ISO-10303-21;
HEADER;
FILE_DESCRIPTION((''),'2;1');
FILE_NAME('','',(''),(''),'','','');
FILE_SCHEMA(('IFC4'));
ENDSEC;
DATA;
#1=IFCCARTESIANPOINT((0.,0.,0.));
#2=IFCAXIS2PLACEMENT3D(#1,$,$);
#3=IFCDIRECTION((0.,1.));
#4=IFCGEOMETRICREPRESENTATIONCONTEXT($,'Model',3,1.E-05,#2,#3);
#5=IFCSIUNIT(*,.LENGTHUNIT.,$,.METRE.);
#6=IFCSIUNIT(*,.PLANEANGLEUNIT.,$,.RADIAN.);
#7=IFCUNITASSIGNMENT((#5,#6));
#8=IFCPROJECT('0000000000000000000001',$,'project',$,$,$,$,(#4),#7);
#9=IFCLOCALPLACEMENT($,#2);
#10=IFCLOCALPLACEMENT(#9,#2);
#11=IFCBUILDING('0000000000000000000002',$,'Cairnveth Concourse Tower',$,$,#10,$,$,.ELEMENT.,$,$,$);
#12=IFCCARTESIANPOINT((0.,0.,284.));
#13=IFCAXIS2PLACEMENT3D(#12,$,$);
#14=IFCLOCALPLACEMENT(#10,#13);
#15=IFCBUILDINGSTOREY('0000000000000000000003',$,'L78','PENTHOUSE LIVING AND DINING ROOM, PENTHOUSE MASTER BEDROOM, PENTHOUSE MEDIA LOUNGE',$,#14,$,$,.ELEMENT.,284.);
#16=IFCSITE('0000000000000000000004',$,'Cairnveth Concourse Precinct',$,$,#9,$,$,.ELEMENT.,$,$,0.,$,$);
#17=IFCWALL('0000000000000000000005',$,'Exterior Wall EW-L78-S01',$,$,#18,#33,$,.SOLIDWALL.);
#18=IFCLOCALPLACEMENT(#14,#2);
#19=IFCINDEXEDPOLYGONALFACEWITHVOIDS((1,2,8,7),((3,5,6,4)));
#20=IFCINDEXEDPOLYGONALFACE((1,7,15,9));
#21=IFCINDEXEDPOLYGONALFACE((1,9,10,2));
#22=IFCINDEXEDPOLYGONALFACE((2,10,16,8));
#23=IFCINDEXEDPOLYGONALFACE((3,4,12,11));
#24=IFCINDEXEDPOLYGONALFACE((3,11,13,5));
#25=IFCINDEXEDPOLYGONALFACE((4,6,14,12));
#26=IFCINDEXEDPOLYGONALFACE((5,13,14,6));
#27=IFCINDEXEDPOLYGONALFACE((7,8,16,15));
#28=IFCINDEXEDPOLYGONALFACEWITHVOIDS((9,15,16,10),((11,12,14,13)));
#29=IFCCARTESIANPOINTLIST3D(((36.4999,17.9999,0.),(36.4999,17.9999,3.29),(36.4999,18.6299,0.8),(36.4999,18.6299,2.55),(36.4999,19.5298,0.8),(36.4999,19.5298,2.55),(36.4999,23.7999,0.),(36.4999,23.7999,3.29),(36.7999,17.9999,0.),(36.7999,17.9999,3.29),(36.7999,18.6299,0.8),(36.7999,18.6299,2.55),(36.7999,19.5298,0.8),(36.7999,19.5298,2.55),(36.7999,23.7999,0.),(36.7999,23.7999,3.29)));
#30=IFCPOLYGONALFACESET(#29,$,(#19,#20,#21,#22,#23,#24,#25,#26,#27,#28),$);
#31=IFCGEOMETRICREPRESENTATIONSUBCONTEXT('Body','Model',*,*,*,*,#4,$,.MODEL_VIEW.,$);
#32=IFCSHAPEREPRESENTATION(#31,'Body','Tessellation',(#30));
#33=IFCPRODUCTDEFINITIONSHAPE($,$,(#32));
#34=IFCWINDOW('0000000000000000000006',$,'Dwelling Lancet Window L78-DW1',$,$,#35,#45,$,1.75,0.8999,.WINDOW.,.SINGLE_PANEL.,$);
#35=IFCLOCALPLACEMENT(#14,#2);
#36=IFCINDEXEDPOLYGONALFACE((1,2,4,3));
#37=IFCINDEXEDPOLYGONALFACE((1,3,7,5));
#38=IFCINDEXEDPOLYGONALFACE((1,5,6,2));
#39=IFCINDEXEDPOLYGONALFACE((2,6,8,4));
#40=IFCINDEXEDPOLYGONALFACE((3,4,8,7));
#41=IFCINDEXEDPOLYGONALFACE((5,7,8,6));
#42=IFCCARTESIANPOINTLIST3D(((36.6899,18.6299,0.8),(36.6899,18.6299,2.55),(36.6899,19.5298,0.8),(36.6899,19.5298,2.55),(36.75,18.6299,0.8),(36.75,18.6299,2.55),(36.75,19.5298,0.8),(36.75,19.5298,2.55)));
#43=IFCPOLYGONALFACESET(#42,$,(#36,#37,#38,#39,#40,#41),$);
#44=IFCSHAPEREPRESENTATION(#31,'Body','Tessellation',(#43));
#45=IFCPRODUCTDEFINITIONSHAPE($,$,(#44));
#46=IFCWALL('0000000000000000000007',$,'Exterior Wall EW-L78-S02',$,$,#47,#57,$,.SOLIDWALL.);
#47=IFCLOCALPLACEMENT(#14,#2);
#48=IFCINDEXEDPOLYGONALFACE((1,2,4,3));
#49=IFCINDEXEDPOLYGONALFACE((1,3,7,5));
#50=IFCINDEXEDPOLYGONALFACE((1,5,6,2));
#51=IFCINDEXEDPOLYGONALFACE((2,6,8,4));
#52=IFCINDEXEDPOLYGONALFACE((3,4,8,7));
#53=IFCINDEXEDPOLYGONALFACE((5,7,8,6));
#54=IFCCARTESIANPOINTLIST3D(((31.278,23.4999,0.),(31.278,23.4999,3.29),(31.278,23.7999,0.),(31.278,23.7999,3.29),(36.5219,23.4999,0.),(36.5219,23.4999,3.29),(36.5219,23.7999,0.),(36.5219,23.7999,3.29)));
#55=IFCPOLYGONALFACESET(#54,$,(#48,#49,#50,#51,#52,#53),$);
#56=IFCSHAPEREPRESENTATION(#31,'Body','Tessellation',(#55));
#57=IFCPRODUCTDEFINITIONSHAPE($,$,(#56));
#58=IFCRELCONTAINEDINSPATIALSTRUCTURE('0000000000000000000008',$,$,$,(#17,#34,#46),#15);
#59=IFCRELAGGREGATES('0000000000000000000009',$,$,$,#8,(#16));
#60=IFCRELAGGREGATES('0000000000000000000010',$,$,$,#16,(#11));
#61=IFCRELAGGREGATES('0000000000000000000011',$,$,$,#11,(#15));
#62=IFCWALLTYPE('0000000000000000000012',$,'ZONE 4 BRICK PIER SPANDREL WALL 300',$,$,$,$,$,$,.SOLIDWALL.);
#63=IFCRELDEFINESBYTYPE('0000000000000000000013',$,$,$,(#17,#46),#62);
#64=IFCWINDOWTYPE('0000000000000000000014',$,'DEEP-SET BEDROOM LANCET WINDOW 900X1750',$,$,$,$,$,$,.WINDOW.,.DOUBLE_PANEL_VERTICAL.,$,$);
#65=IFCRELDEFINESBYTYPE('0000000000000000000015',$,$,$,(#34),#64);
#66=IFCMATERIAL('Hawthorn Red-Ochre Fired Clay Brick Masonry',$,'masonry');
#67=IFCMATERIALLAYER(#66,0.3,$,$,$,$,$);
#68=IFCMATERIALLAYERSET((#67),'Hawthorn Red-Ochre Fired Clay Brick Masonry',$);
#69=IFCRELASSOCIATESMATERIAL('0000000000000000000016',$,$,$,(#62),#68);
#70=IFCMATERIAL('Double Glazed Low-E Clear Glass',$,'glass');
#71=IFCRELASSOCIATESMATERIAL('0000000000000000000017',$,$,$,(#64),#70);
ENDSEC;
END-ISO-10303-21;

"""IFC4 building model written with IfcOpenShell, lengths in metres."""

from ifc_helpers import new_model, si_unit, direction, frame, frame_2d, origin, place, context, subcontext, project, spatial, rectangle, extrude, material, layer, layer_set, type_object, element, fill, save


model = new_model("IFC4")

# Units and contexts
model_context = context("Model", 3, precision=1e-05, world=origin(), true_north=direction((0.0, 1.0)))
body_context = subcontext(model_context, "Body", "Model", "MODEL_VIEW")
ifc_project = project(units=[si_unit("LENGTHUNIT", "METRE"), si_unit("PLANEANGLEUNIT", "RADIAN")], contexts=[model_context])

# Site, building, storey
site_placement = place(None, origin())
site = spatial("IfcSite", under=ifc_project, at=site_placement, Name="Cairnveth Concourse Precinct", CompositionType="ELEMENT", RefElevation=0.0)
building_placement = place(site_placement, origin())
building = spatial("IfcBuilding", under=site, at=building_placement, Name="Cairnveth Concourse Tower", CompositionType="ELEMENT")
storey_placement = place(building_placement, frame((0.0, 0.0, 284.0)))
storey = spatial("IfcBuildingStorey", under=building, at=storey_placement, Name="L78", Description="PENTHOUSE LIVING AND DINING ROOM, PENTHOUSE MASTER BEDROOM, PENTHOUSE MEDIA LOUNGE", CompositionType="ELEMENT", Elevation=284.0)

# Wall, opening, window
ifc_material_1 = material(Name="Hawthorn Red-Ochre Fired Clay Brick Masonry", Category="masonry")
ifc_layer_1 = layer(ifc_material_1, 0.3)
ifc_layer_set_1 = layer_set([ifc_layer_1], Name="Hawthorn Red-Ochre Fired Clay Brick Masonry")
wall_type_1 = type_object("IfcWallType", Name="ZONE 4 BRICK PIER SPANDREL WALL 300", PredefinedType="SOLIDWALL", material=ifc_layer_set_1)
wall_1_placement = place(storey_placement, frame((36.6499, 18.0, 0.0), z_axis=(0.0, 0.0, 1.0), x_axis=(0.0, 1.0, 0.0)))
wall_1 = element("IfcWall", 1, at=wall_1_placement, inside=storey, type_object=wall_type_1, Name="Exterior Wall EW-L78-S01", PredefinedType="SOLIDWALL", context=body_context, shape_type="SweptSolid", body=[
    extrude(rectangle(XDim=5.8, YDim=0.3, at=frame_2d((2.8999, 0.0))), origin(), (0.0, 0.0, 1.0), 3.29),
])
opening_1_placement = place(wall_1_placement, frame((0.6299, 0.0, 0.8)))
opening_1 = element("IfcOpeningElement", 2, at=opening_1_placement, cuts=wall_1, PredefinedType="OPENING", context=body_context, shape_type="SweptSolid", body=[
    extrude(rectangle(XDim=0.8999, YDim=1.75, at=frame_2d((0.45, 0.875))), frame((0.0, 0.1599, 0.0), z_axis=(0.0, -1.0, 0.0), x_axis=(1.0, 0.0, 0.0)), (0.0, 0.0, 1.0), 0.3201),
])
ifc_material_2 = material(Name="Double Glazed Low-E Clear Glass", Category="glass")
window_type = type_object("IfcWindowType", Name="DEEP-SET BEDROOM LANCET WINDOW 900X1750", PartitioningType="DOUBLE_PANEL_VERTICAL", PredefinedType="WINDOW", material=ifc_material_2)
window_placement = place(opening_1_placement, origin())
window = element("IfcWindow", 3, at=window_placement, inside=storey, type_object=window_type, Name="Dwelling Lancet Window L78-DW1", OverallHeight=1.75, OverallWidth=0.8999, PartitioningType="SINGLE_PANEL", PredefinedType="WINDOW", context=body_context, shape_type="SweptSolid", body=[
    extrude(rectangle(XDim=0.8999, YDim=1.75, at=frame_2d((0.45, 0.875))), frame((0.0, -0.04, 0.0), z_axis=(0.0, -1.0, 0.0), x_axis=(1.0, 0.0, 0.0)), (0.0, 0.0, 1.0), 0.0601),
])
fill(opening_1, window)

# Wall
wall_2_placement = place(storey_placement, frame((36.522, 23.6499, 0.0), z_axis=(0.0, 0.0, 1.0), x_axis=(-1.0, 0.0, 0.0)))
element("IfcWall", 4, at=wall_2_placement, inside=storey, type_object=wall_type_1, Name="Exterior Wall EW-L78-S02", PredefinedType="SOLIDWALL", context=body_context, shape_type="SweptSolid", body=[
    extrude(rectangle(XDim=5.2439, YDim=0.3, at=frame_2d((2.6221, 0.0))), origin(), (0.0, 0.0, 1.0), 3.29),
])

save(model, "model.ifc")
